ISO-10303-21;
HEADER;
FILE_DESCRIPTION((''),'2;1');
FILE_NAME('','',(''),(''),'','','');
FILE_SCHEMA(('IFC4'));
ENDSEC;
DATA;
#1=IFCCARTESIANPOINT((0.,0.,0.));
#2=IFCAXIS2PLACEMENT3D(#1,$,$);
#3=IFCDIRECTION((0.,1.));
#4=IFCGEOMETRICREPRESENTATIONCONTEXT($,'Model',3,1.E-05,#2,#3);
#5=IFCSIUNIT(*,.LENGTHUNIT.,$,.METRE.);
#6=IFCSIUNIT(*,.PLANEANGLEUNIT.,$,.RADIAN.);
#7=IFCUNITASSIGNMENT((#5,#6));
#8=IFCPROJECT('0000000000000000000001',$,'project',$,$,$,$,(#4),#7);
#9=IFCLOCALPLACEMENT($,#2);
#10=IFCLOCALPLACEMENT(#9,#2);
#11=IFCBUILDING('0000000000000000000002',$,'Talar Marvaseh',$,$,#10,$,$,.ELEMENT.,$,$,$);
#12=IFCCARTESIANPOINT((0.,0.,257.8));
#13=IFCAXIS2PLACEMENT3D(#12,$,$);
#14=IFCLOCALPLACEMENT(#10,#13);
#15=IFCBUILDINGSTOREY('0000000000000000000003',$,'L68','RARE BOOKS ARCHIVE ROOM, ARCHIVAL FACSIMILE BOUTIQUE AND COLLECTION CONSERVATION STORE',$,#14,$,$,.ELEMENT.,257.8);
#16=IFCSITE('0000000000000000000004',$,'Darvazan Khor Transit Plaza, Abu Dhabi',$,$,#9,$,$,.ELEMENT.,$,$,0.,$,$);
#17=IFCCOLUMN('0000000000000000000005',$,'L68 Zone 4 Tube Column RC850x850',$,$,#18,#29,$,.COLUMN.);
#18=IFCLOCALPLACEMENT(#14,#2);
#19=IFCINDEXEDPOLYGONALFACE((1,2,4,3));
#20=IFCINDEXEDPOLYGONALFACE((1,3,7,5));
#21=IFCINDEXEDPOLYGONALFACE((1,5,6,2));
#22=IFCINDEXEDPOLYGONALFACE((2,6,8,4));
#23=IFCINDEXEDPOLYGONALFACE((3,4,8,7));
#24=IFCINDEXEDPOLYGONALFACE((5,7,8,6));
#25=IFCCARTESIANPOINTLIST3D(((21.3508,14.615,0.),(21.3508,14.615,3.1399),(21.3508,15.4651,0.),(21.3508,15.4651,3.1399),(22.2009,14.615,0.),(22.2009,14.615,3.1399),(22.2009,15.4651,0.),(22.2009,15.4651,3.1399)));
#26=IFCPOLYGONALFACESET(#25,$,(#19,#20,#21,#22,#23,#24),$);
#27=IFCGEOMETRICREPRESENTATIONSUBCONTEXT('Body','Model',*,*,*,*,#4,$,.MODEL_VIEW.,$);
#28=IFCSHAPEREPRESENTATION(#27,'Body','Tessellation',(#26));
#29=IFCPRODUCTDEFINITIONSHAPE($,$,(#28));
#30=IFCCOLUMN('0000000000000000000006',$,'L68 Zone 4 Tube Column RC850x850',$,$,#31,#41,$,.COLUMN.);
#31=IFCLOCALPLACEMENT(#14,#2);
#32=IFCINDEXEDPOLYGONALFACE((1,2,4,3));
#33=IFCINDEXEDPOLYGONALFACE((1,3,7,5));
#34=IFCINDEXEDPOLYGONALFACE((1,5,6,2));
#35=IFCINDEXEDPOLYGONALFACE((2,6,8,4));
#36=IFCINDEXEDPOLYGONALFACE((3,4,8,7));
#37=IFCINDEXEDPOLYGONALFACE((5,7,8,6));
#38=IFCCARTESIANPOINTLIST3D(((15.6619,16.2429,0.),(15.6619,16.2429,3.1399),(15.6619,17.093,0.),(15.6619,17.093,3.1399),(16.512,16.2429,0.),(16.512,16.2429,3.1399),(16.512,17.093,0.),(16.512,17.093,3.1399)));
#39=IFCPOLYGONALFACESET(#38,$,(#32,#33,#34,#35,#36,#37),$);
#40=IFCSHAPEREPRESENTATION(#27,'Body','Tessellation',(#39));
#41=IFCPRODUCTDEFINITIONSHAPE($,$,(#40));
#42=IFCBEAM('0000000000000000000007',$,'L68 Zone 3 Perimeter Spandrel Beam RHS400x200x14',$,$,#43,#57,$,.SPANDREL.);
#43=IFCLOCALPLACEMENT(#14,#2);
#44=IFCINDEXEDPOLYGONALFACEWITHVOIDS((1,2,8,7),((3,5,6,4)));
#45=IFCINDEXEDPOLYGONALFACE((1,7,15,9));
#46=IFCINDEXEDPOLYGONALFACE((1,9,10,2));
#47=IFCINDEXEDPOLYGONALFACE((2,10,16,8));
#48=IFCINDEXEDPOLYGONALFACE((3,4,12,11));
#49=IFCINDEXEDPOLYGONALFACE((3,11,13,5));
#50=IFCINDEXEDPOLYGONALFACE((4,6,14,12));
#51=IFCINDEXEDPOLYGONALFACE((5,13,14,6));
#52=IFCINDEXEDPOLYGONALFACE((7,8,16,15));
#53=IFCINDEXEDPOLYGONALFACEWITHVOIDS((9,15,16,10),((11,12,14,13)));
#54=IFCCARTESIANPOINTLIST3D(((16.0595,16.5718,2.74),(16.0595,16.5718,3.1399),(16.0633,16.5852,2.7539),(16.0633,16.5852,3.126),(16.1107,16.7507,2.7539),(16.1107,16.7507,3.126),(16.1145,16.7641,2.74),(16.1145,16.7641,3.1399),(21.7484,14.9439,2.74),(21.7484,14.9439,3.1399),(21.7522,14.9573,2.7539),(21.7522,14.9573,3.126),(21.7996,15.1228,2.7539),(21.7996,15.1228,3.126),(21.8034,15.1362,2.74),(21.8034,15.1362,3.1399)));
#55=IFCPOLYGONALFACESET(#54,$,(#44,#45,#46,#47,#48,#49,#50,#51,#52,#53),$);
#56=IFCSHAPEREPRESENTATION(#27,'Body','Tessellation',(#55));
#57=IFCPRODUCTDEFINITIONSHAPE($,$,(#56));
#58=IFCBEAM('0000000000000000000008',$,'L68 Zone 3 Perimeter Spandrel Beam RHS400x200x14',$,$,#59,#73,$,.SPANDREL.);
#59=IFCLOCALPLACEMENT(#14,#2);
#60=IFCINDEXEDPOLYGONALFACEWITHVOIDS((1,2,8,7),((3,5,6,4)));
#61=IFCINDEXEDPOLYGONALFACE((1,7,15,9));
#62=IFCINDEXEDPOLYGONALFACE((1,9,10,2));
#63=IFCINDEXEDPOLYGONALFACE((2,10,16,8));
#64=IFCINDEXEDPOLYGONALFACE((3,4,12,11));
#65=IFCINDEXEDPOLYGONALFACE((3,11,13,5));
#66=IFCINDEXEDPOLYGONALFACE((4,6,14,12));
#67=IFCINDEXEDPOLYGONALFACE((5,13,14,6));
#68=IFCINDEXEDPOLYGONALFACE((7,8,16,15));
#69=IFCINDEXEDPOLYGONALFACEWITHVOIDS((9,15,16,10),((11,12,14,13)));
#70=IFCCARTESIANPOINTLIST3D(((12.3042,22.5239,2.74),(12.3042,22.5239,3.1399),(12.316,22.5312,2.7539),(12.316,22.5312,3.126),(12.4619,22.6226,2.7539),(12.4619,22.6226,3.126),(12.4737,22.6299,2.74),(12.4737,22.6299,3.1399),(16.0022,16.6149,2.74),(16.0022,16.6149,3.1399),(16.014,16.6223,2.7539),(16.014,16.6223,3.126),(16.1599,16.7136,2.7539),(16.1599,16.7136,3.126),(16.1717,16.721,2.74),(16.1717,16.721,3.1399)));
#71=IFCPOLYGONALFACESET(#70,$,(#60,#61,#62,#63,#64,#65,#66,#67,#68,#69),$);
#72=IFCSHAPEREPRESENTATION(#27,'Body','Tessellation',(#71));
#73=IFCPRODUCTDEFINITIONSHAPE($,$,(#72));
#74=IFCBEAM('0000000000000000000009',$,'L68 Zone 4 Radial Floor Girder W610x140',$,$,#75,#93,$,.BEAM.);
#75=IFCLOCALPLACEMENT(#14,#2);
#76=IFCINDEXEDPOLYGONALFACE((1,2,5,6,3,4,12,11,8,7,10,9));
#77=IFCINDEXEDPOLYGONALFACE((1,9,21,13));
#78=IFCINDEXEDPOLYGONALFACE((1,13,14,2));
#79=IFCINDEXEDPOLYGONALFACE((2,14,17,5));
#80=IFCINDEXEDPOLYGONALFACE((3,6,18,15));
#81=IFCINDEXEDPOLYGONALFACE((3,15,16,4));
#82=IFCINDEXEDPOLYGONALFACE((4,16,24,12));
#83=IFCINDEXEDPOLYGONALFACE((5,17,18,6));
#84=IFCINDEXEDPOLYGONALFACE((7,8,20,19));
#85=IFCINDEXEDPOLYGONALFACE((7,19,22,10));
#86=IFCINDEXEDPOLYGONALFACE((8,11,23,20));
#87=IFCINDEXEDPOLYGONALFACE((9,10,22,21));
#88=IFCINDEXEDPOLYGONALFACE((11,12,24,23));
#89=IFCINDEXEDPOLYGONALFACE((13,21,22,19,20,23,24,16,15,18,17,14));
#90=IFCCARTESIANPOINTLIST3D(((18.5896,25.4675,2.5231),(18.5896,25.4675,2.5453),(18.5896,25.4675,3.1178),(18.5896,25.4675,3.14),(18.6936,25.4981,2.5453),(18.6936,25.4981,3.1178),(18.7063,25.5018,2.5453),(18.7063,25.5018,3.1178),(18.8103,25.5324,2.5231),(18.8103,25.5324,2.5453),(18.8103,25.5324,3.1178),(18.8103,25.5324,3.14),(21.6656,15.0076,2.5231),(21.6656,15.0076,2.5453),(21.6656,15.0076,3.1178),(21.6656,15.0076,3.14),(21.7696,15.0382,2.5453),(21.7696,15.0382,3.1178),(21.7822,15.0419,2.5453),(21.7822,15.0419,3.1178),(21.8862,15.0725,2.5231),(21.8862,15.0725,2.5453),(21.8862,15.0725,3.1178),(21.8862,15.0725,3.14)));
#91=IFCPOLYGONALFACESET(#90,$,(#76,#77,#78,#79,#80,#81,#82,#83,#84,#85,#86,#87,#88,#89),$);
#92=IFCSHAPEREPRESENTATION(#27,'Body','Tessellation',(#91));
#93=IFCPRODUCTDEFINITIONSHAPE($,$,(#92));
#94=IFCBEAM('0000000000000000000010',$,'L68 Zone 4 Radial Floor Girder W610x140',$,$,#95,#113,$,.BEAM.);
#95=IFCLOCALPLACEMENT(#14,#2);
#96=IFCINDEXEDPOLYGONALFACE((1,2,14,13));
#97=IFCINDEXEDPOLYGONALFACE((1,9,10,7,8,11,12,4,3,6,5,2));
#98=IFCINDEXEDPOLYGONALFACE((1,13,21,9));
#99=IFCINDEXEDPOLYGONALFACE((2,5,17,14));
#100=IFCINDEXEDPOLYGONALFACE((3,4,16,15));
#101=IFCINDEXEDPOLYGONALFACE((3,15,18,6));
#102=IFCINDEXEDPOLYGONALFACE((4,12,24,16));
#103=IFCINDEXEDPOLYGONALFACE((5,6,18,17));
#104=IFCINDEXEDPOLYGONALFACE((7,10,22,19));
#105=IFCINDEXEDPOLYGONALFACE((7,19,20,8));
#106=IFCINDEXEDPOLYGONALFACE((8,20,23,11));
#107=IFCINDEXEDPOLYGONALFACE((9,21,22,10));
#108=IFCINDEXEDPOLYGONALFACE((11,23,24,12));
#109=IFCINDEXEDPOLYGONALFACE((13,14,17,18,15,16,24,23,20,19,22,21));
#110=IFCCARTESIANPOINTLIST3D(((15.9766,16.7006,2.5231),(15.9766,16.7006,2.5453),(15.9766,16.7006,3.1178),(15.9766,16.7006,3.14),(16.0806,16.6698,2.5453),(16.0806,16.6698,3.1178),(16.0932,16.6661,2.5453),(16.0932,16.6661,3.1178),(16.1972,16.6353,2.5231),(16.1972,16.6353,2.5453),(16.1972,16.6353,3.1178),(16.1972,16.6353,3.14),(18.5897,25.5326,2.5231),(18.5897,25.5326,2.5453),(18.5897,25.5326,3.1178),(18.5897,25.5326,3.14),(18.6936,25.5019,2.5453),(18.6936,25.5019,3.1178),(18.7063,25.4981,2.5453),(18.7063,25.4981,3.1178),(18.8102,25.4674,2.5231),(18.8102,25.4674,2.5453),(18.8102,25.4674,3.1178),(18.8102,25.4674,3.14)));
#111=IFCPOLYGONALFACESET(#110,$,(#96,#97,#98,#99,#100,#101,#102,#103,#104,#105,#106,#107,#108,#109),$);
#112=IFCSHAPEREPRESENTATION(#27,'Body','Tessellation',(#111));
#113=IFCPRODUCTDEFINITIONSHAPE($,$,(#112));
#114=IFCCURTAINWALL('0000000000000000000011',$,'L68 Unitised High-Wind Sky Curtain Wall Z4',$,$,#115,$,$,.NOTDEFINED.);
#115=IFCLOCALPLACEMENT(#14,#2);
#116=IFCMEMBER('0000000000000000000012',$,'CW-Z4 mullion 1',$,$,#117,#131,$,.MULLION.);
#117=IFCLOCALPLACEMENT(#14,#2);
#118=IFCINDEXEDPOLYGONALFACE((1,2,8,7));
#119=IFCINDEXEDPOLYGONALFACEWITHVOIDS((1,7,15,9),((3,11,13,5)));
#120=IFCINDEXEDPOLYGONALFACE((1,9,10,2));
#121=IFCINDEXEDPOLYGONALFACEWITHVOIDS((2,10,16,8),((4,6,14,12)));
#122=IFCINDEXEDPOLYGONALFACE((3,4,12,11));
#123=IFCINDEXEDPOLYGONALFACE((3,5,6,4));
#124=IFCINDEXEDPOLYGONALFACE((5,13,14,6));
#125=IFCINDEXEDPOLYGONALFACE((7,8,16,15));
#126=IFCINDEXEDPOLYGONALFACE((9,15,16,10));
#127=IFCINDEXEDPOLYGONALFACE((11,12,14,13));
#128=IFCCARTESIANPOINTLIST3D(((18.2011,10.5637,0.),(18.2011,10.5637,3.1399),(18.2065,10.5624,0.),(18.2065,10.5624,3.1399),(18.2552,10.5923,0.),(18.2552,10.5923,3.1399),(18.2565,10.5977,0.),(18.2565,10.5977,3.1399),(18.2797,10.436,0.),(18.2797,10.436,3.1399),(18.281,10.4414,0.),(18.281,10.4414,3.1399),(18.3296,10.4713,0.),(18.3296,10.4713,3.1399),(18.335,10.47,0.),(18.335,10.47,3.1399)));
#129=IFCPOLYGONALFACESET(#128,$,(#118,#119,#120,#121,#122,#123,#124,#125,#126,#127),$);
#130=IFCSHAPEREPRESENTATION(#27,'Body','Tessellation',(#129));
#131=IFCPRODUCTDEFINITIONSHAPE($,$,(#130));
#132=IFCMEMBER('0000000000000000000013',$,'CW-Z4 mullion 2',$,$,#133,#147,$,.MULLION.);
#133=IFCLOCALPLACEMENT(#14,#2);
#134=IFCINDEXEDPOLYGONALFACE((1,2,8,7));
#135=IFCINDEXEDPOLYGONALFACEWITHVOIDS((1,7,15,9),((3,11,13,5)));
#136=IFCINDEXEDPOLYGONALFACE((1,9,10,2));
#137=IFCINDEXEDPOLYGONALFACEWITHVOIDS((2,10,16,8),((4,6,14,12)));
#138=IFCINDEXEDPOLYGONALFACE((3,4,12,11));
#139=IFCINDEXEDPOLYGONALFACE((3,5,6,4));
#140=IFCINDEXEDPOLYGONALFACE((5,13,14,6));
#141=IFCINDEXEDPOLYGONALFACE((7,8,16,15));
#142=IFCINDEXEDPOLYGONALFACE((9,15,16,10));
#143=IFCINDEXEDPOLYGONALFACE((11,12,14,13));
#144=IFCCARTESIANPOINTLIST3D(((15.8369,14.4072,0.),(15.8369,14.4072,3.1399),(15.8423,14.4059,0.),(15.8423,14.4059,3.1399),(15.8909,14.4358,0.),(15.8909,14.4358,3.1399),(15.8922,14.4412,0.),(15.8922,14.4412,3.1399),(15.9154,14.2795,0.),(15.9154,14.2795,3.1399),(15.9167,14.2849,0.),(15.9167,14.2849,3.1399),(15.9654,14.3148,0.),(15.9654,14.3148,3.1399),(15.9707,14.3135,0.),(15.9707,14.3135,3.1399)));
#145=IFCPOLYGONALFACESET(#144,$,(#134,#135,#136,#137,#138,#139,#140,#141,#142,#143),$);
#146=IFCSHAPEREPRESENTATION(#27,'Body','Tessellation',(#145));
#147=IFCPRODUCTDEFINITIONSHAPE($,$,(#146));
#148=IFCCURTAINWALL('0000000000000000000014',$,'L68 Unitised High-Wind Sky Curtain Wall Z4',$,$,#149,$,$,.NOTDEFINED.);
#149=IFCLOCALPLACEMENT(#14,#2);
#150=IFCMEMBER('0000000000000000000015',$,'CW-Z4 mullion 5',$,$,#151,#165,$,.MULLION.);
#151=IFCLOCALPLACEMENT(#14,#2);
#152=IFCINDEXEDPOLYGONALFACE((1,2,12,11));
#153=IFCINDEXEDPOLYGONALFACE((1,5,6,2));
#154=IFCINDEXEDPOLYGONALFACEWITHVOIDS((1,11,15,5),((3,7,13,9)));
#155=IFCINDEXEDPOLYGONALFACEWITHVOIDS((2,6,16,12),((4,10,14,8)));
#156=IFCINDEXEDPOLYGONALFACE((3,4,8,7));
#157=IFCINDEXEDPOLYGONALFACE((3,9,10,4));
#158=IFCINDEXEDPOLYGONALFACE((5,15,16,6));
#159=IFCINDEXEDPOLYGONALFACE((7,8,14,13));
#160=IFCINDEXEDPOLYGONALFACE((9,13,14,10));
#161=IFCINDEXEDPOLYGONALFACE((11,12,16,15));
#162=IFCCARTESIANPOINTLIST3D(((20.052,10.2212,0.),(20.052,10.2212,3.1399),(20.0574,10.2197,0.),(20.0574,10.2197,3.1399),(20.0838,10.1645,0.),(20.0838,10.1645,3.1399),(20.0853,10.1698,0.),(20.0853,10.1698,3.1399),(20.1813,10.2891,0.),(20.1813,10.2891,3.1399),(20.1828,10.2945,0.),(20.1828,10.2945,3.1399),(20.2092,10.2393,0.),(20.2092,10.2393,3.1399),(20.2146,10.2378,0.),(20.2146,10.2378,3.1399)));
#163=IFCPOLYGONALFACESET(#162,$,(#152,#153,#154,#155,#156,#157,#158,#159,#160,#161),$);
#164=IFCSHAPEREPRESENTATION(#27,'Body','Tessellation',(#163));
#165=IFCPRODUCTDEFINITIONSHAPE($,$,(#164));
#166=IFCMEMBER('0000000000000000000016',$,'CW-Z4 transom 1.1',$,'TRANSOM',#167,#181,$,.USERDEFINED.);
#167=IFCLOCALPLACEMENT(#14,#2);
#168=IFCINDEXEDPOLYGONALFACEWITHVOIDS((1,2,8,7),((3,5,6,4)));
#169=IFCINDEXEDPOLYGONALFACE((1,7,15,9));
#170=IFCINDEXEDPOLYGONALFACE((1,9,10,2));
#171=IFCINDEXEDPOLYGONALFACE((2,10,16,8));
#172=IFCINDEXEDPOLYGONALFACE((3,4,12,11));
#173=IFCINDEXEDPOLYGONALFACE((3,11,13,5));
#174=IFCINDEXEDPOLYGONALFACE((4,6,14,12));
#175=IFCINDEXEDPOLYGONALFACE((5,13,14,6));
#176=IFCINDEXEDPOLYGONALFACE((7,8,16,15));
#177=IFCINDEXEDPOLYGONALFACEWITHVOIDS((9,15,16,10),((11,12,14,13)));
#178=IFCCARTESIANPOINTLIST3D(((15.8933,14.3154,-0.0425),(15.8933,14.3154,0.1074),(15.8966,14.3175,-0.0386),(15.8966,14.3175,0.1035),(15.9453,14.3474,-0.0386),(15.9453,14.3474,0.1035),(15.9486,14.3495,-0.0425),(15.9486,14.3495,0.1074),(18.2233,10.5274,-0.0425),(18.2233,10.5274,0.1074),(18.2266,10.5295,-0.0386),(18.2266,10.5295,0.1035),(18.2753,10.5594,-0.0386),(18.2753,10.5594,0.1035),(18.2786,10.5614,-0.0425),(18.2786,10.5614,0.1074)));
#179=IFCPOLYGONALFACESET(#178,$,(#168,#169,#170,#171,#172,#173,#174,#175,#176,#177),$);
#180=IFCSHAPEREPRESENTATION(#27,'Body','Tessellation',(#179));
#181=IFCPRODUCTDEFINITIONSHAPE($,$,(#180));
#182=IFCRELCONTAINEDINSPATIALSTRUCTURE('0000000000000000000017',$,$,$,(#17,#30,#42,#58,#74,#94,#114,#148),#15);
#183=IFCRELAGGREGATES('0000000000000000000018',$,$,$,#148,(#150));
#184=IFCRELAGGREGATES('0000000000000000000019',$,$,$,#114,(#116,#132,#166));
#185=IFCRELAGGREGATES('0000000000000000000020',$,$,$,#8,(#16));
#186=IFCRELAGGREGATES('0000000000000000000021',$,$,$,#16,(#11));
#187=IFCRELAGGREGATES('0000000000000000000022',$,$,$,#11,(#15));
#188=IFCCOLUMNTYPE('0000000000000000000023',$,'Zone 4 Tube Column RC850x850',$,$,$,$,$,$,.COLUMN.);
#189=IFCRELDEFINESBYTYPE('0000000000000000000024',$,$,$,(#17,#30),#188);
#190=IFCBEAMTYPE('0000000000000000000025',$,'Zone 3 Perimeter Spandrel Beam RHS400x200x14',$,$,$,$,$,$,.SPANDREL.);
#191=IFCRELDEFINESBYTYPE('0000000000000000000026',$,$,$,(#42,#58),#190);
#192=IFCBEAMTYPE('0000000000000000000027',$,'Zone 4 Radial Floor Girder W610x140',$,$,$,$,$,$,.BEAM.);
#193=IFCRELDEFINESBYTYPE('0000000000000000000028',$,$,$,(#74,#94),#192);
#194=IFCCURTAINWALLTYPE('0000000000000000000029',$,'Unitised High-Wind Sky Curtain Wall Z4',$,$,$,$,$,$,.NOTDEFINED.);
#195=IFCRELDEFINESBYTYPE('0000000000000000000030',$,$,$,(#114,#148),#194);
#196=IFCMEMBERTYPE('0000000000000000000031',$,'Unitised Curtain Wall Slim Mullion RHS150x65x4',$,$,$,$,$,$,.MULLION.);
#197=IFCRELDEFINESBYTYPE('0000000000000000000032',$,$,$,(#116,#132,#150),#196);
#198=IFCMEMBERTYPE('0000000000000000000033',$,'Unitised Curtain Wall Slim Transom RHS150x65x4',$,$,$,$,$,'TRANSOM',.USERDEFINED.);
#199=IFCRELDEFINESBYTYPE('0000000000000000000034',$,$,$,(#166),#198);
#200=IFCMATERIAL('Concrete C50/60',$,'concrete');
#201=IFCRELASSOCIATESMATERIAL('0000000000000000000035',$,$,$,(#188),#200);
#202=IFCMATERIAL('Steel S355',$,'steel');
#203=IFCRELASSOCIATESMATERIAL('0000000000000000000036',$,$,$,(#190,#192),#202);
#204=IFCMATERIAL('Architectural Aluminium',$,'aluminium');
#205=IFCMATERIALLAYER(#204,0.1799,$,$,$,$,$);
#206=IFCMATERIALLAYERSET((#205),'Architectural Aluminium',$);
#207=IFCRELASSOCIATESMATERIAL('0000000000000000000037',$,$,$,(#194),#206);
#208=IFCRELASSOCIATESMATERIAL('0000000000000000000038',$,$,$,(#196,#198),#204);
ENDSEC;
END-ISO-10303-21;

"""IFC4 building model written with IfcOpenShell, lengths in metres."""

from ifc_helpers import new_model, si_unit, direction, frame, origin, origin_2d, place, context, subcontext, project, spatial, rectangle, hollow_rectangle, i_section, extrude, source, transform, mapped, material, layer, layer_set, material_profile, profile_set, type_object, type_shapes, element, aggregate, save


model = new_model("IFC4")

# Units and contexts
model_context = context("Model", 3, precision=1e-05, world=origin(), true_north=direction((0.0, 1.0)))
body_context = subcontext(model_context, "Body", "Model", "MODEL_VIEW")
ifc_project = project(units=[si_unit("LENGTHUNIT", "METRE"), si_unit("PLANEANGLEUNIT", "RADIAN")], contexts=[model_context])

# Site, building, storey
site_placement = place(None, origin())
site = spatial("IfcSite", under=ifc_project, at=site_placement, Name="Darvazan Khor Transit Plaza, Abu Dhabi", CompositionType="ELEMENT", RefElevation=0.0)
building_placement = place(site_placement, origin())
building = spatial("IfcBuilding", under=site, at=building_placement, Name="Talar Marvaseh", CompositionType="ELEMENT")
storey_placement = place(building_placement, frame((0.0, 0.0, 257.8)))
storey = spatial("IfcBuildingStorey", under=building, at=storey_placement, Name="L68", Description="RARE BOOKS ARCHIVE ROOM, ARCHIVAL FACSIMILE BOUTIQUE AND COLLECTION CONSERVATION STORE", CompositionType="ELEMENT", Elevation=257.8)

# Columns
ifc_material_1 = material(Name="Concrete C50/60", Category="concrete")
ifc_material_profile_1 = material_profile(ifc_material_1, rectangle(XDim=0.8501, YDim=0.8501, at=origin_2d()), Name="RC850x850")
ifc_profile_set_1 = profile_set([ifc_material_profile_1], Name="Concrete C50/60")
column_type = type_object("IfcColumnType", Name="Zone 4 Tube Column RC850x850", PredefinedType="COLUMN", material=ifc_profile_set_1)
for number, where, z_axis, x_axis, name in (
    (1, (21.7759, 15.04, 0.0), (0.0, 0.0, 1.0), (1.0, 0.0, 0.0), "L68 Zone 4 Tube Column RC850x850"),
    (2, (16.0869, 16.668, 0.0), (0.0, 0.0, 1.0), (1.0, 0.0, 0.0), "L68 Zone 4 Tube Column RC850x850"),
):
    element("IfcColumn", number, at=place(storey_placement, frame(where, z_axis=z_axis, x_axis=x_axis)), inside=storey, type_object=column_type, Name=name, PredefinedType="COLUMN", context=body_context, shape_type="SweptSolid", body=[
        extrude(rectangle(XDim=0.8501, YDim=0.8501, at=origin_2d()), origin(), (0.0, 0.0, 1.0), 3.1399),
    ])

# Beams
ifc_material_2 = material(Name="Steel S355", Category="steel")
ifc_material_profile_2 = material_profile(ifc_material_2, hollow_rectangle(XDim=0.2, YDim=0.3999, WallThickness=0.0139, at=origin_2d()), Name="RHS400x200x14")
ifc_profile_set_2 = profile_set([ifc_material_profile_2], Name="Steel S355")
beam_type_1 = type_object("IfcBeamType", Name="Zone 3 Perimeter Spandrel Beam RHS400x200x14", PredefinedType="SPANDREL", material=ifc_profile_set_2)
beam_1_placement = place(storey_placement, frame((21.7759, 15.04, 2.9399), z_axis=(-0.961412, 0.275113, 0.0), x_axis=(-0.275113, -0.961412, 0.0)))
element("IfcBeam", 3, at=beam_1_placement, inside=storey, type_object=beam_type_1, Name="L68 Zone 3 Perimeter Spandrel Beam RHS400x200x14", PredefinedType="SPANDREL", context=body_context, shape_type="SweptSolid", body=[
    extrude(hollow_rectangle(XDim=0.2, YDim=0.3999, WallThickness=0.0139, at=origin_2d()), origin(), (0.0, 0.0, 1.0), 5.9172),
])
beam_2_placement = place(storey_placement, frame((16.0869, 16.668, 2.9399), z_axis=(-0.530506, 0.847681, 0.0), x_axis=(-0.847681, -0.530506, 0.0)))
element("IfcBeam", 4, at=beam_2_placement, inside=storey, type_object=beam_type_1, Name="L68 Zone 3 Perimeter Spandrel Beam RHS400x200x14", PredefinedType="SPANDREL", context=body_context, shape_type="SweptSolid", body=[
    extrude(hollow_rectangle(XDim=0.2, YDim=0.3999, WallThickness=0.0139, at=origin_2d()), origin(), (0.0, 0.0, 1.0), 6.9707),
])
ifc_material_profile_3 = material_profile(ifc_material_2, i_section(OverallWidth=0.23, OverallDepth=0.6169, WebThickness=0.0132, FlangeThickness=0.0222, at=origin_2d()), Name="W610x140")
ifc_profile_set_3 = profile_set([ifc_material_profile_3], Name="Steel S355")
beam_type_2 = type_object("IfcBeamType", Name="Zone 4 Radial Floor Girder W610x140", PredefinedType="BEAM", material=ifc_profile_set_3)
beam_3_placement = place(storey_placement, frame((21.7759, 15.04, 2.8315), z_axis=(-0.282121, 0.959379, 0.0), x_axis=(-0.959379, -0.282121, 0.0)))
element("IfcBeam", 5, at=beam_3_placement, inside=storey, type_object=beam_type_2, Name="L68 Zone 4 Radial Floor Girder W610x140", PredefinedType="BEAM", context=body_context, shape_type="SweptSolid", body=[
    extrude(i_section(OverallWidth=0.23, OverallDepth=0.6169, WebThickness=0.0132, FlangeThickness=0.0222, at=origin_2d()), origin(), (0.0, 0.0, 1.0), 10.9028),
])
beam_4_placement = place(storey_placement, frame((16.0869, 16.668, 2.8315), z_axis=(0.283703, 0.958912, 0.0), x_axis=(-0.958912, 0.283703, 0.0)))
element("IfcBeam", 6, at=beam_4_placement, inside=storey, type_object=beam_type_2, Name="L68 Zone 4 Radial Floor Girder W610x140", PredefinedType="BEAM", context=body_context, shape_type="SweptSolid", body=[
    extrude(i_section(OverallWidth=0.23, OverallDepth=0.6169, WebThickness=0.0132, FlangeThickness=0.0222, at=origin_2d()), origin(), (0.0, 0.0, 1.0), 9.2104),
])

# Curtain wall, members
ifc_material_3 = material(Name="Architectural Aluminium", Category="aluminium")
ifc_layer_1 = layer(ifc_material_3, 0.1799)
ifc_layer_set_1 = layer_set([ifc_layer_1], Name="Architectural Aluminium")
curtain_wall_type = type_object("IfcCurtainWallType", Name="Unitised High-Wind Sky Curtain Wall Z4", PredefinedType="NOTDEFINED", material=ifc_layer_set_1)
curtain_wall_1_placement = place(storey_placement, origin())
curtain_wall_1 = element("IfcCurtainWall", 7, at=curtain_wall_1_placement, inside=storey, type_object=curtain_wall_type, Name="L68 Unitised High-Wind Sky Curtain Wall Z4", PredefinedType="NOTDEFINED")
ifc_material_profile_4 = material_profile(ifc_material_3, hollow_rectangle(XDim=0.0649, YDim=0.1499, WallThickness=0.0039, at=origin_2d()), Name="RHS150x65x4")
ifc_profile_set_4 = profile_set([ifc_material_profile_4], Name="Architectural Aluminium")
member_type_1 = type_object("IfcMemberType", Name="Unitised Curtain Wall Slim Mullion RHS150x65x4", PredefinedType="MULLION", material=ifc_profile_set_4)
shared_shape_1 = source(origin(), body_context, "Body", "SweptSolid", [
    extrude(hollow_rectangle(XDim=0.0649, YDim=0.1499, WallThickness=0.0039, at=origin_2d()), origin(), (0.0, 0.0, 1.0), 3.1399),
])
type_shapes(member_type_1, [shared_shape_1])
member_1_placement = place(storey_placement, frame((18.2681, 10.5168, 0.0), z_axis=(0.0, 0.0, 1.0), x_axis=(-0.851762, -0.523929, 0.0)))
member_1 = element("IfcMember", 8, at=member_1_placement, type_object=member_type_1, Name="CW-Z4 mullion 1", PredefinedType="MULLION", context=body_context, shape_type="MappedRepresentation", body=[
    mapped(shared_shape_1, transform((0.0, 0.0, 0.0), x_axis=(1.0, 0.0, 0.0), y_axis=(0.0, 1.0, 0.0), z_axis=(0.0, 0.0, 1.0), scale=1.0)),
])
member_2_placement = place(storey_placement, frame((15.9038, 14.3604, 0.0), z_axis=(0.0, 0.0, 1.0), x_axis=(-0.851762, -0.523929, 0.0)))
member_2 = element("IfcMember", 9, at=member_2_placement, type_object=member_type_1, Name="CW-Z4 mullion 2", PredefinedType="MULLION", context=body_context, shape_type="MappedRepresentation", body=[
    mapped(shared_shape_1, transform((0.0, 0.0, 0.0), x_axis=(1.0, 0.0, 0.0), y_axis=(0.0, 1.0, 0.0), z_axis=(0.0, 0.0, 1.0), scale=1.0)),
])

# Curtain wall, member
curtain_wall_2_placement = place(storey_placement, origin())
curtain_wall_2 = element("IfcCurtainWall", 10, at=curtain_wall_2_placement, inside=storey, type_object=curtain_wall_type, Name="L68 Unitised High-Wind Sky Curtain Wall Z4", PredefinedType="NOTDEFINED")
member_3_placement = place(storey_placement, frame((20.1333, 10.2295, 0.0), z_axis=(0.0, 0.0, 1.0), x_axis=(0.488754, -0.872422, 0.0)))
member_3 = element("IfcMember", 11, at=member_3_placement, type_object=member_type_1, Name="CW-Z4 mullion 5", PredefinedType="MULLION", context=body_context, shape_type="MappedRepresentation", body=[
    mapped(shared_shape_1, transform((0.0, 0.0, 0.0), x_axis=(1.0, 0.0, 0.0), y_axis=(0.0, 1.0, 0.0), z_axis=(0.0, 0.0, 1.0), scale=1.0)),
])
aggregate(curtain_wall_2, [member_3])

# Member
ifc_material_profile_5 = material_profile(ifc_material_3, hollow_rectangle(XDim=0.0649, YDim=0.1499, WallThickness=0.0039, at=origin_2d()), Name="RHS150x65x4")
ifc_profile_set_5 = profile_set([ifc_material_profile_5], Name="Architectural Aluminium")
member_type_2 = type_object("IfcMemberType", Name="Unitised Curtain Wall Slim Transom RHS150x65x4", ElementType="TRANSOM", PredefinedType="USERDEFINED", material=ifc_profile_set_5)
shared_shape_2 = source(origin(), body_context, "Body", "SweptSolid", [
    extrude(hollow_rectangle(XDim=0.0649, YDim=0.1499, WallThickness=0.0039, at=origin_2d()), origin(), (0.0, 0.0, 1.0), 4.4473),
])
member_4_placement = place(storey_placement, frame((18.251, 10.5444, 0.0325), z_axis=(-0.523926, 0.851764, 0.0), x_axis=(-0.851764, -0.523926, 0.0)))
member_4 = element("IfcMember", 12, at=member_4_placement, type_object=member_type_2, Name="CW-Z4 transom 1.1", ObjectType="TRANSOM", PredefinedType="USERDEFINED", context=body_context, shape_type="MappedRepresentation", body=[
    mapped(shared_shape_2, transform((0.0, 0.0, 0.0), x_axis=(1.0, 0.0, 0.0), y_axis=(0.0, 1.0, 0.0), z_axis=(0.0, 0.0, 1.0), scale=1.0)),
])

aggregate(curtain_wall_1, [member_1, member_2, member_4])

save(model, "model.ifc")
